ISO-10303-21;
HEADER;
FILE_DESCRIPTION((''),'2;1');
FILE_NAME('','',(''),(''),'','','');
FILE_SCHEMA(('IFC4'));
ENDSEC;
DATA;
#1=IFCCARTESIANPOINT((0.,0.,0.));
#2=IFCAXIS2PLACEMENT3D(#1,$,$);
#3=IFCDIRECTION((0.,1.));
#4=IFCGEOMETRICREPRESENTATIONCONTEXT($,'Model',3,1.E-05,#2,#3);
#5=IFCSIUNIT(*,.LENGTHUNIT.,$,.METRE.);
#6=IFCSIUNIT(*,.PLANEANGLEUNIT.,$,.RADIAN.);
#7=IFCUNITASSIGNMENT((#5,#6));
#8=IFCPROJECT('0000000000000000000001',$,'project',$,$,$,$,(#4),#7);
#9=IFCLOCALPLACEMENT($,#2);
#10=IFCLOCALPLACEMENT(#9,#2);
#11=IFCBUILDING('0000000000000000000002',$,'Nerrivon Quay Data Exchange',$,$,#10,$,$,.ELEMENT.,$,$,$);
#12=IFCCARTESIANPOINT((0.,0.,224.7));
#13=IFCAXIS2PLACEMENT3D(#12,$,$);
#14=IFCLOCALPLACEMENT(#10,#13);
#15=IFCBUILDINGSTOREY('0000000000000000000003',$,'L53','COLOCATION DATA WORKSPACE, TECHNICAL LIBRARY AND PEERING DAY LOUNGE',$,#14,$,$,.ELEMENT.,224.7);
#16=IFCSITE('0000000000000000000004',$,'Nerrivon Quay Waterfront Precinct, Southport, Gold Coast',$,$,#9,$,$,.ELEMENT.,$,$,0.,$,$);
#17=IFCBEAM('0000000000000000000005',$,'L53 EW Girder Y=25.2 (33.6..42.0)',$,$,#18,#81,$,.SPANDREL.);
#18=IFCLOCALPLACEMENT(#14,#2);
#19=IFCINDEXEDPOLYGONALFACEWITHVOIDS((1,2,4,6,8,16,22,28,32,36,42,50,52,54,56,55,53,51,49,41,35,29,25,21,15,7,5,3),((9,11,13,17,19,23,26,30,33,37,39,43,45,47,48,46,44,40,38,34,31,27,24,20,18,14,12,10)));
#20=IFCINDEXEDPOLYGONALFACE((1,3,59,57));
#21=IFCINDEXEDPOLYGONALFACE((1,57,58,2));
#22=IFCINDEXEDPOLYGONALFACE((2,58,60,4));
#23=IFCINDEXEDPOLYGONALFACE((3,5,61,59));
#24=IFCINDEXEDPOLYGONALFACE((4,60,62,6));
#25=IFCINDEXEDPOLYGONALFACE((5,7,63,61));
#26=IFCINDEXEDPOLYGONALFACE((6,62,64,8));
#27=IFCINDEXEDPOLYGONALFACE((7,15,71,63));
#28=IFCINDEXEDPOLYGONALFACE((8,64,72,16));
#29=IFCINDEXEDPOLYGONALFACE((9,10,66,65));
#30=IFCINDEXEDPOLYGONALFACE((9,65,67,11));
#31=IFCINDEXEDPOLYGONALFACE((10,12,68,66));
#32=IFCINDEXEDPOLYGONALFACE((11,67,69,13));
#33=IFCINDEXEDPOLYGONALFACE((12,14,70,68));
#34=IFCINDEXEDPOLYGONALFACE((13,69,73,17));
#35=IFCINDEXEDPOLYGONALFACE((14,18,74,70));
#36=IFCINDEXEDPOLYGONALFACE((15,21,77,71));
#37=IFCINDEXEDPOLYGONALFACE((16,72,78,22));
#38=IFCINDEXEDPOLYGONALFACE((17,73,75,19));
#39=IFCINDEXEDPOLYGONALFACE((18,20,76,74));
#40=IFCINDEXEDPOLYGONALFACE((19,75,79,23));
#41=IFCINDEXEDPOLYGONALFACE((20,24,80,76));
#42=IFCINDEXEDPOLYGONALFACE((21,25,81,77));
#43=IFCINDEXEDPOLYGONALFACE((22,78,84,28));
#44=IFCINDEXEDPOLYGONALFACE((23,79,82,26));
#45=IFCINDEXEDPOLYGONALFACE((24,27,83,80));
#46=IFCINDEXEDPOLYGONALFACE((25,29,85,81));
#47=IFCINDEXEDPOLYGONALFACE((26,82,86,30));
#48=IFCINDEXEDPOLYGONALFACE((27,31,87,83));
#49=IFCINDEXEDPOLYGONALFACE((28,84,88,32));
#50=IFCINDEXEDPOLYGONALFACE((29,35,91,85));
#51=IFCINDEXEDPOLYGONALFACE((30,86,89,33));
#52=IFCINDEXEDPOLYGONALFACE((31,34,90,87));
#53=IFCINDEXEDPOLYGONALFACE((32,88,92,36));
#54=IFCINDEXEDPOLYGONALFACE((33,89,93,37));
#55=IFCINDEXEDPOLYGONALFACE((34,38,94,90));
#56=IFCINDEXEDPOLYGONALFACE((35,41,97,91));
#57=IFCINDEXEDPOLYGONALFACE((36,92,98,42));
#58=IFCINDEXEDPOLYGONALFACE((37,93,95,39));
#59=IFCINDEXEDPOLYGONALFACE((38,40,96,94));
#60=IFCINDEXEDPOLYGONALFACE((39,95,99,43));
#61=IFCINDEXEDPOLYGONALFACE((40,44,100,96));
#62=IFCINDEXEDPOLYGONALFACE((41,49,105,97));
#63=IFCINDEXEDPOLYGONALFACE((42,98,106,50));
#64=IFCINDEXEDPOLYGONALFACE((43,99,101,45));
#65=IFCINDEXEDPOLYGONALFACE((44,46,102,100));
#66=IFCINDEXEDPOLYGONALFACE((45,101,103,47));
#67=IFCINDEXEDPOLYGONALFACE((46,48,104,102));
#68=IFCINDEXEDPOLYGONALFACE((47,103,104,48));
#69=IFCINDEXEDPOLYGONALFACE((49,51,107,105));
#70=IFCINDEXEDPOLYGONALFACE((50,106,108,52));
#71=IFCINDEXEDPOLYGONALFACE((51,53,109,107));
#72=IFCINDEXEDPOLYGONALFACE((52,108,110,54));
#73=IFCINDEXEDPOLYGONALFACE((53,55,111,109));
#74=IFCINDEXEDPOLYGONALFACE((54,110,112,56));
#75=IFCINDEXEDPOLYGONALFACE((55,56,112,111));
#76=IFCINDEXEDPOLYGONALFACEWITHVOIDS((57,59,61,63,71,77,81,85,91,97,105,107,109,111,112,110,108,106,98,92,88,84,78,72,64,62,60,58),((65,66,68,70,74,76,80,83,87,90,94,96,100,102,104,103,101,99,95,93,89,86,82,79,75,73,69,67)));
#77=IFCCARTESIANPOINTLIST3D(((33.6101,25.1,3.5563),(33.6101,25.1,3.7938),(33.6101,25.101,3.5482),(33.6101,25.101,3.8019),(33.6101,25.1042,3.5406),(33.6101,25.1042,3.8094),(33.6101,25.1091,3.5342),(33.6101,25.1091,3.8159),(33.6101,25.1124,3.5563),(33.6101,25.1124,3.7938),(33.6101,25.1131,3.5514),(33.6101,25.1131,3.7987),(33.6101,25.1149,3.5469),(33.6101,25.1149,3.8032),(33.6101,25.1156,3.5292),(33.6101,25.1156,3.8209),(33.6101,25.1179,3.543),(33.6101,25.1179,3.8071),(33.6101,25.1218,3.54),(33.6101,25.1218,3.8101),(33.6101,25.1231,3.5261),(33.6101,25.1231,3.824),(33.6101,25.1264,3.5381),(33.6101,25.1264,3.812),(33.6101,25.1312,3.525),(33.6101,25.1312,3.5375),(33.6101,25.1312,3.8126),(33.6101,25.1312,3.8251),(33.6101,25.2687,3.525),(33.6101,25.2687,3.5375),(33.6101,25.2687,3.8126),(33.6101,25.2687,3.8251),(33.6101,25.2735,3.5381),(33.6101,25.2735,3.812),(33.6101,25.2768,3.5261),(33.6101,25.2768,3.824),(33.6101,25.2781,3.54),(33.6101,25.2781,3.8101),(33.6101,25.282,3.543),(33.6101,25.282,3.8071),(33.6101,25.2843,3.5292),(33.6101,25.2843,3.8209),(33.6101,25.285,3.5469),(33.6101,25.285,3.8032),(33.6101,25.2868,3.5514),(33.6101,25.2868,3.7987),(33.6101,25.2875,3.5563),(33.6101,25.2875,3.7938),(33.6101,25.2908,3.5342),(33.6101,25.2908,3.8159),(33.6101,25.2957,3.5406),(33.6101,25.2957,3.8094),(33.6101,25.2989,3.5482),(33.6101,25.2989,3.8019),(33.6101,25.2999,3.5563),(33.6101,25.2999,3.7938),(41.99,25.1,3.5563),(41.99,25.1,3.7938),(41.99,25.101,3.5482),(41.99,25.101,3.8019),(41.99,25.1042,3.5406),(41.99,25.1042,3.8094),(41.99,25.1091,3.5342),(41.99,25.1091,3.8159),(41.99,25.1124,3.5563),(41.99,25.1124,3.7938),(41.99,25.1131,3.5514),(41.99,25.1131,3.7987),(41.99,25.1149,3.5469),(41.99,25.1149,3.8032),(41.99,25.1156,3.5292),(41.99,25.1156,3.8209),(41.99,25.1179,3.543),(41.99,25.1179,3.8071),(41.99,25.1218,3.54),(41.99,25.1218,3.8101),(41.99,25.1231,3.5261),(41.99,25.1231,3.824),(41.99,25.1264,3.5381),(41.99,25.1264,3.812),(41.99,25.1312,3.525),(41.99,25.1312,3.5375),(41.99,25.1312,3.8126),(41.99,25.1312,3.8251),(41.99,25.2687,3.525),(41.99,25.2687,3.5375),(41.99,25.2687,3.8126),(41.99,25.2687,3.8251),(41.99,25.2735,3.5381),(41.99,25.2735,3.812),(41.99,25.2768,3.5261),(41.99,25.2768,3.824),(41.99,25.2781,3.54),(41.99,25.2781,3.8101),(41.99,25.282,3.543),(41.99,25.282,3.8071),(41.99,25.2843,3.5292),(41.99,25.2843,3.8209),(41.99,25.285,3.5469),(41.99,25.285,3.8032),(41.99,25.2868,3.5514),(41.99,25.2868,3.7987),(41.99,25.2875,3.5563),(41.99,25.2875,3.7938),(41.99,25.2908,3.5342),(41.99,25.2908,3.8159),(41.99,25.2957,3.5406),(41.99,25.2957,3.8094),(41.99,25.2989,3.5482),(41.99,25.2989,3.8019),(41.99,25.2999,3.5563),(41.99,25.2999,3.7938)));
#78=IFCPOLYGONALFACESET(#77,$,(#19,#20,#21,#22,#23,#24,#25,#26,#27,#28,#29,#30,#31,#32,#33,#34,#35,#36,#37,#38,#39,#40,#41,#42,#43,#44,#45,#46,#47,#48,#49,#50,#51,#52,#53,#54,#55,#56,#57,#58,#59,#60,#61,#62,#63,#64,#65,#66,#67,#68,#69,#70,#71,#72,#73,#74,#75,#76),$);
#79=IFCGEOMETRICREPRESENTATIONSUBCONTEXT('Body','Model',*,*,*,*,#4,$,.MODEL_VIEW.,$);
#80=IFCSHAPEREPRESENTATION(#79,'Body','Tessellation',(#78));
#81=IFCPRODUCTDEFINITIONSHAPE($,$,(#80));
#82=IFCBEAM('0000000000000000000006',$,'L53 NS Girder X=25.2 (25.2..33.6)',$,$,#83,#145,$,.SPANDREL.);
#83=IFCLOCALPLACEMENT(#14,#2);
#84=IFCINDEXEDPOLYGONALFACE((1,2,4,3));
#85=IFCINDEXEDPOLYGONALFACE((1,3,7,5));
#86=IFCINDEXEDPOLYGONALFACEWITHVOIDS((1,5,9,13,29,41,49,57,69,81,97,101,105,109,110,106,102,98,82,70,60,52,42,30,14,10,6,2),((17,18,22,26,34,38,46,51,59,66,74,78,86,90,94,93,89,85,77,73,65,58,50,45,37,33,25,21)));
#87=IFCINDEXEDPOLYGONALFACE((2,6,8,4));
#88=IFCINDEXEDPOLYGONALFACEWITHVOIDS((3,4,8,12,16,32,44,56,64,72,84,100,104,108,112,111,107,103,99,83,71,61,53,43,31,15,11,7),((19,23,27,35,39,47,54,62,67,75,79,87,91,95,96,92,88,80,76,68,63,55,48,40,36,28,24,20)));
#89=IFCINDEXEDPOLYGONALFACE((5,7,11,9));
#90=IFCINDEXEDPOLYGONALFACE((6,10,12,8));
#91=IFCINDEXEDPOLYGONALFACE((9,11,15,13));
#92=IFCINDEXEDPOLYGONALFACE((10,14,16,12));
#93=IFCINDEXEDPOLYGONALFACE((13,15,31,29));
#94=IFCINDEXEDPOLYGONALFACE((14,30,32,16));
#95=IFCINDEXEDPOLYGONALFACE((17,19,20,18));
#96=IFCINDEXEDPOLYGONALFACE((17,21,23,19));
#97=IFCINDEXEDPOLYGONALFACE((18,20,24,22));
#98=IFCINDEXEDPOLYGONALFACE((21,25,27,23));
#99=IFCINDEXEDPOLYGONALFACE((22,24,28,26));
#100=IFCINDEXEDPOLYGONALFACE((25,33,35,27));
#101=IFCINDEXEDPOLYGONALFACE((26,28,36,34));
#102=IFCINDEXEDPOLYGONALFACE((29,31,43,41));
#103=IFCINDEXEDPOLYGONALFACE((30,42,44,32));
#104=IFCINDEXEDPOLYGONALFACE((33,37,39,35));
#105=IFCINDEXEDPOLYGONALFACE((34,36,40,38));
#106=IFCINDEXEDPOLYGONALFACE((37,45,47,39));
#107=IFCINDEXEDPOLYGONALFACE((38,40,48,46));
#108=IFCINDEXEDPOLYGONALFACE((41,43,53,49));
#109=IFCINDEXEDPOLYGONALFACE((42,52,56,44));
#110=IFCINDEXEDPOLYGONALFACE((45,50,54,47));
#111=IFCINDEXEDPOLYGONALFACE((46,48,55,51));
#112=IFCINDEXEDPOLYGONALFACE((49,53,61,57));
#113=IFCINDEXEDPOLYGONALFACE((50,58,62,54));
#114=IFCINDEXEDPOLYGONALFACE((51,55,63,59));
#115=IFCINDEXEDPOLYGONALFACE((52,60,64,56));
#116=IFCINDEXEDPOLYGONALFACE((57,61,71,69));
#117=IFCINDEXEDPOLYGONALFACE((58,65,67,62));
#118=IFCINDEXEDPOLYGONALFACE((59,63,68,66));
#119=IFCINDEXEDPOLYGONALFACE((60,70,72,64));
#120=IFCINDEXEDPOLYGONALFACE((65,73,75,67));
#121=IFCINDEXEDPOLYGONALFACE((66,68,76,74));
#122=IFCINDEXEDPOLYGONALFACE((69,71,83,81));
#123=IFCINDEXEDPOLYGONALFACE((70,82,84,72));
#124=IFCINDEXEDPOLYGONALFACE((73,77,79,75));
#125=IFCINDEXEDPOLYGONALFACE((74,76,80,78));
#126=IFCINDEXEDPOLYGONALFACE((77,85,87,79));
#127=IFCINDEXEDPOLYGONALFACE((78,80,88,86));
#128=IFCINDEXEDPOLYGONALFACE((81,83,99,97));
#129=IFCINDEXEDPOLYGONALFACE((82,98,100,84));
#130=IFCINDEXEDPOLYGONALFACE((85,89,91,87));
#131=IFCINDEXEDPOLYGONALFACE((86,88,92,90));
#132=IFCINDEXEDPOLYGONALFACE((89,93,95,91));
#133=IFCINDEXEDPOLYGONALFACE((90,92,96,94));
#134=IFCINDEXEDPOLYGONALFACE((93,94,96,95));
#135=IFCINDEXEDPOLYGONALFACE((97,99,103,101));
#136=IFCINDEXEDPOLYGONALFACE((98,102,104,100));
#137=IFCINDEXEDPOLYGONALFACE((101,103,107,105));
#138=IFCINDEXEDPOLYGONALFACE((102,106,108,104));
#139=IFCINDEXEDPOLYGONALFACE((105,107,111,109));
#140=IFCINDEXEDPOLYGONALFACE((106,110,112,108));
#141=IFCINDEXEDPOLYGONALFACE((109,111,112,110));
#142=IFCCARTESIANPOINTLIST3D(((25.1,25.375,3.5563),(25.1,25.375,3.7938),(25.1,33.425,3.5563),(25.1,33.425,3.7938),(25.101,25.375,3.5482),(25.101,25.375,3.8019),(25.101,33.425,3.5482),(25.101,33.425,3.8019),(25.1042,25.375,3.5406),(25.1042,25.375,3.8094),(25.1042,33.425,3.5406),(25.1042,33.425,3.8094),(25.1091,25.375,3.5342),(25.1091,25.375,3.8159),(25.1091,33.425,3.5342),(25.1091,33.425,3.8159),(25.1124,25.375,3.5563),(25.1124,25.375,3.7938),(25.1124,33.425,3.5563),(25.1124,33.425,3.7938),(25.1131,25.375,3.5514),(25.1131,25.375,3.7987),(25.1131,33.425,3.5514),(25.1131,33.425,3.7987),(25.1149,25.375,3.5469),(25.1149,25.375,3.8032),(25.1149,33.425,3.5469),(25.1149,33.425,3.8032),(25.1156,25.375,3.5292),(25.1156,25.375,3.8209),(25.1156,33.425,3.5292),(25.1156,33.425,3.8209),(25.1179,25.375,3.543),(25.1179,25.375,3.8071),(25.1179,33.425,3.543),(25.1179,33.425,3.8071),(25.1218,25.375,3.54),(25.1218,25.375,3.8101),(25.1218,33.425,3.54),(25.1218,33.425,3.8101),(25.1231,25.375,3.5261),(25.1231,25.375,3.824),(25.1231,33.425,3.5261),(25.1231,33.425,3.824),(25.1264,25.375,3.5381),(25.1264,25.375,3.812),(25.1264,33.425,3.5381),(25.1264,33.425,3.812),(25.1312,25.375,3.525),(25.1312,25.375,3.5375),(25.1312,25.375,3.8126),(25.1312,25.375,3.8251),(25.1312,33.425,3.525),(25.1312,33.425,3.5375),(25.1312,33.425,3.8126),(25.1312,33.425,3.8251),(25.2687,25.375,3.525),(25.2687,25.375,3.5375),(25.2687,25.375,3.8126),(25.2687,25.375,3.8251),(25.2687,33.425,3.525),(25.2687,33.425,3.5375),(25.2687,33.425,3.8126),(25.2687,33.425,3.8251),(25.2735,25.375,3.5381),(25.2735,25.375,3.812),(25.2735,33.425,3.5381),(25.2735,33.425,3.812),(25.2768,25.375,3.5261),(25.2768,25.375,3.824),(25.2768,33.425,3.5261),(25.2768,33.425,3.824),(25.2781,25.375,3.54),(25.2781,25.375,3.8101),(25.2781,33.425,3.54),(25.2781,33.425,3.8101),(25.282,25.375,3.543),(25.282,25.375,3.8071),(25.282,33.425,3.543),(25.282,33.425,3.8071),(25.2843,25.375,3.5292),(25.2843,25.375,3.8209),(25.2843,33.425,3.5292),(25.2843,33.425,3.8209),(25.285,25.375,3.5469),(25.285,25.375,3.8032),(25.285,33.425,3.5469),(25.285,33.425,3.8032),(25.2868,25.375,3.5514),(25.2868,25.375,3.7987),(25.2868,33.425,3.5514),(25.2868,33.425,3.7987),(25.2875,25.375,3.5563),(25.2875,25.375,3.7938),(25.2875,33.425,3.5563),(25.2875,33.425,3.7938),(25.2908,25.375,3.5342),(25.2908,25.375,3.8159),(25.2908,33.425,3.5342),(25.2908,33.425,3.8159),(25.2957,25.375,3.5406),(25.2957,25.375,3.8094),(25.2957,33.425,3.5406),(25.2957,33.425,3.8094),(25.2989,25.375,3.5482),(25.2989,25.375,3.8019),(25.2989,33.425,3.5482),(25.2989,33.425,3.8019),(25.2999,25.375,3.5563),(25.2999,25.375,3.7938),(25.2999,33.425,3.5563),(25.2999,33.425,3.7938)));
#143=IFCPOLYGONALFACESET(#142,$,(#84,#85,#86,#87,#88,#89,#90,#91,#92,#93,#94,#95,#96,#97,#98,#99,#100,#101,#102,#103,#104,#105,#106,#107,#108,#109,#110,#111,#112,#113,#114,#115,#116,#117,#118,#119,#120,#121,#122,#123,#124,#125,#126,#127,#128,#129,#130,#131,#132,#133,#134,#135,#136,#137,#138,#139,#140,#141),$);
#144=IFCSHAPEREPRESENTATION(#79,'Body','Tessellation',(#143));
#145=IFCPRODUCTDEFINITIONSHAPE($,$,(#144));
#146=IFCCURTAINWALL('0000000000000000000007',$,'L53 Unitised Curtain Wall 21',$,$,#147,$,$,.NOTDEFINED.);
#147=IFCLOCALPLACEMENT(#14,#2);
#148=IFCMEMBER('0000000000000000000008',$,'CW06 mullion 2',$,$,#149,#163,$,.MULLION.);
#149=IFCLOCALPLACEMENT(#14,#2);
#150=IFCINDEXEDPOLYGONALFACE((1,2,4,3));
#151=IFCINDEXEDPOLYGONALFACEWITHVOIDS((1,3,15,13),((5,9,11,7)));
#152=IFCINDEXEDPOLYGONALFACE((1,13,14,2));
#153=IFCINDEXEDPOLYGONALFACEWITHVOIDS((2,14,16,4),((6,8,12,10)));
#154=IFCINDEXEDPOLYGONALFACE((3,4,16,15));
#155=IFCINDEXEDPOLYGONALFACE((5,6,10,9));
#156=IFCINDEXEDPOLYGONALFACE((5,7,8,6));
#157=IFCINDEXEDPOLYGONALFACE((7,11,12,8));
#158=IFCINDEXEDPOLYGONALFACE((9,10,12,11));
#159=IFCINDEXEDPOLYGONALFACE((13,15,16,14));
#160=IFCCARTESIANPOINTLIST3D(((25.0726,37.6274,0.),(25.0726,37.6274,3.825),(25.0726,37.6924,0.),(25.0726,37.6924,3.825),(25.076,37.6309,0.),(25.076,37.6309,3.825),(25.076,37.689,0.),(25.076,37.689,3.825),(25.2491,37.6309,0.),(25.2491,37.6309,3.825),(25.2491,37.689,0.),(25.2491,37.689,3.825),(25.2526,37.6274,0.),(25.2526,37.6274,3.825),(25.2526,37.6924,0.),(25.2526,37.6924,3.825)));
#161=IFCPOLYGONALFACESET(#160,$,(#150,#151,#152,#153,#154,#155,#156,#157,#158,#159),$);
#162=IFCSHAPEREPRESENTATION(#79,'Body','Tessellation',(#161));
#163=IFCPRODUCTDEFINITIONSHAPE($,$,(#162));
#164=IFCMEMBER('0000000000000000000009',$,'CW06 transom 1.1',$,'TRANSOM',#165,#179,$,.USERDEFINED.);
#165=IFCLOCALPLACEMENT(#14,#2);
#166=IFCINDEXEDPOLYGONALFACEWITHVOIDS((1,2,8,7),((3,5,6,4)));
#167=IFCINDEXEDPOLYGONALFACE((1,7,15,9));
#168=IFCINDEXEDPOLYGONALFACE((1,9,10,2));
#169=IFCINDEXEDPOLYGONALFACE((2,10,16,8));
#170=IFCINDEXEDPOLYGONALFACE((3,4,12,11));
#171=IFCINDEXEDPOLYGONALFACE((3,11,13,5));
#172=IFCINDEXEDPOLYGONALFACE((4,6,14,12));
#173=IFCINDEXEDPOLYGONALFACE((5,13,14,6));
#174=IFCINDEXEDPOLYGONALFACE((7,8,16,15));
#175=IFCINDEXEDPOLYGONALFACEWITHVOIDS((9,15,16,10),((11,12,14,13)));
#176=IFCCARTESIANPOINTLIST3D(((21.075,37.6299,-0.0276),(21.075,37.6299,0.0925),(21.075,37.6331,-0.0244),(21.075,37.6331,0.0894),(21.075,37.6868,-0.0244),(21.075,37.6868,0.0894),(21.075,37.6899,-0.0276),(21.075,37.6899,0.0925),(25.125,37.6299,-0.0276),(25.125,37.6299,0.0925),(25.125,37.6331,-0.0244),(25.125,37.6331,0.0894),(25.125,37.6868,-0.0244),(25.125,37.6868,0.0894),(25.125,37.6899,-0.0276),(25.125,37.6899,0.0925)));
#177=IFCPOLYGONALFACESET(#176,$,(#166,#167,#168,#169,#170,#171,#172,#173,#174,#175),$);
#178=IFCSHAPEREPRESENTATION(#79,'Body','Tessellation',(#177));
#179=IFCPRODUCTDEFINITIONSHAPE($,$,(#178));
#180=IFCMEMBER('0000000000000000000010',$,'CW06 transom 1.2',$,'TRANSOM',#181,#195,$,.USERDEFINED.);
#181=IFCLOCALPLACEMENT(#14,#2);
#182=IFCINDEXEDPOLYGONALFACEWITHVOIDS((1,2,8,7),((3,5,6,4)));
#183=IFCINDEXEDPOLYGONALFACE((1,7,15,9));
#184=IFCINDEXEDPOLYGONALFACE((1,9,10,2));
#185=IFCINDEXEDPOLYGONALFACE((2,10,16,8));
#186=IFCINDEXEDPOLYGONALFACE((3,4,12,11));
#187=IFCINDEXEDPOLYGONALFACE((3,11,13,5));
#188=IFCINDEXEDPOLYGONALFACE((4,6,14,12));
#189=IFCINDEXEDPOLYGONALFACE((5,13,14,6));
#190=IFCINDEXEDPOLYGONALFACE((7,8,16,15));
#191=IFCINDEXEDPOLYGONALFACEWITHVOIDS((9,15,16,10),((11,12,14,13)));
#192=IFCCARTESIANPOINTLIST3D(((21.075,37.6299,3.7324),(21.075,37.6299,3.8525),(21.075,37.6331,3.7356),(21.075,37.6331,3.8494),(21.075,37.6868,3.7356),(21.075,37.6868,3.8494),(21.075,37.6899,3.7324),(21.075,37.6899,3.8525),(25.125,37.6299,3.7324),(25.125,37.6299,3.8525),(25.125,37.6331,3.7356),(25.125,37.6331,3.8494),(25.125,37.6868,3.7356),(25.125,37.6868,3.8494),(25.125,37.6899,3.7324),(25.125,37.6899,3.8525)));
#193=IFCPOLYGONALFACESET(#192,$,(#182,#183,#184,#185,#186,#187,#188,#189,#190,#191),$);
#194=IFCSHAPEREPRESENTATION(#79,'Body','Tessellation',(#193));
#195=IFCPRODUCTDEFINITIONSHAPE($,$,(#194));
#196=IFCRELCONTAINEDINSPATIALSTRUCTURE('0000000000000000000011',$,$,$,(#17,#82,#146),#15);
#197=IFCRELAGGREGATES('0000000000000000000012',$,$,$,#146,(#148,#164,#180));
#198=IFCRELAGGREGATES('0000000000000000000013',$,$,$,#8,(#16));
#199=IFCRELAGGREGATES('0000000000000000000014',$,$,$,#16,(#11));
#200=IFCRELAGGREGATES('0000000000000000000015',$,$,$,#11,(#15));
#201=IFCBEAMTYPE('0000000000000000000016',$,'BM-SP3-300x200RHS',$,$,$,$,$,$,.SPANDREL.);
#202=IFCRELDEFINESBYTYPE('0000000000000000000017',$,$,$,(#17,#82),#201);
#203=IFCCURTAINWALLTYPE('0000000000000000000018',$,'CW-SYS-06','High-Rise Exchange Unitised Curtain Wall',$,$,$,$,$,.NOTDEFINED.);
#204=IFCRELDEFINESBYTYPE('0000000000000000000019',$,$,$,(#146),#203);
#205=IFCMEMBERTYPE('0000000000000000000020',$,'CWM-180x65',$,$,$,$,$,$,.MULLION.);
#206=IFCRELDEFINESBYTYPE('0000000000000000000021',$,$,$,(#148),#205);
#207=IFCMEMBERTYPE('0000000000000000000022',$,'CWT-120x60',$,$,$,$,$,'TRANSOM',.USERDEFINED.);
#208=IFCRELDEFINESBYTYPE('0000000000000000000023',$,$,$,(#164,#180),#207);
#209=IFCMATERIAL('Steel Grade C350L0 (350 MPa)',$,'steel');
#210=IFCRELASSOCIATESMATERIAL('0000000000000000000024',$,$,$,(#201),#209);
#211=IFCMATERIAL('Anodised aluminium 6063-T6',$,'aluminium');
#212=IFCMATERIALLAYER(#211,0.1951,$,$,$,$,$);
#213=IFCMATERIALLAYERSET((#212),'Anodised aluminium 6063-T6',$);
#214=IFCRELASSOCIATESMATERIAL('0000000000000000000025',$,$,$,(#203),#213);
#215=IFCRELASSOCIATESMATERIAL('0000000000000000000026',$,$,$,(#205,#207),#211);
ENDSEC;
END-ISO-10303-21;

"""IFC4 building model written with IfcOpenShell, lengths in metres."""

from ifc_helpers import new_model, si_unit, direction, frame, origin, origin_2d, place, context, subcontext, project, spatial, hollow_rectangle, extrude, material, layer, layer_set, material_profile, profile_set, type_object, element, aggregate, save


model = new_model("IFC4")

# Units and contexts
model_context = context("Model", 3, precision=1e-05, world=origin(), true_north=direction((0.0, 1.0)))
body_context = subcontext(model_context, "Body", "Model", "MODEL_VIEW")
ifc_project = project(units=[si_unit("LENGTHUNIT", "METRE"), si_unit("PLANEANGLEUNIT", "RADIAN")], contexts=[model_context])

# Site, building, storey
site_placement = place(None, origin())
site = spatial("IfcSite", under=ifc_project, at=site_placement, Name="Nerrivon Quay Waterfront Precinct, Southport, Gold Coast", CompositionType="ELEMENT", RefElevation=0.0)
building_placement = place(site_placement, origin())
building = spatial("IfcBuilding", under=site, at=building_placement, Name="Nerrivon Quay Data Exchange", CompositionType="ELEMENT")
storey_placement = place(building_placement, frame((0.0, 0.0, 224.7)))
storey = spatial("IfcBuildingStorey", under=building, at=storey_placement, Name="L53", Description="COLOCATION DATA WORKSPACE, TECHNICAL LIBRARY AND PEERING DAY LOUNGE", CompositionType="ELEMENT", Elevation=224.7)

# Beams
ifc_material_1 = material(Name="Steel Grade C350L0 (350 MPa)", Category="steel")
ifc_material_profile_1 = material_profile(ifc_material_1, hollow_rectangle(XDim=0.2, YDim=0.3, WallThickness=0.0125, InnerFilletRadius=0.0188, OuterFilletRadius=0.0312, at=origin_2d()), Name="300x200x12.5RHS")
ifc_profile_set_1 = profile_set([ifc_material_profile_1], Name="Steel Grade C350L0 (350 MPa)")
beam_type = type_object("IfcBeamType", Name="BM-SP3-300x200RHS", PredefinedType="SPANDREL", material=ifc_profile_set_1)
beam_1_placement = place(storey_placement, frame((33.6101, 25.2, 3.675), z_axis=(1.0, 0.0, 0.0), x_axis=(0.0, 1.0, 0.0)))
element("IfcBeam", 1, at=beam_1_placement, inside=storey, type_object=beam_type, Name="L53 EW Girder Y=25.2 (33.6..42.0)", PredefinedType="SPANDREL", context=body_context, shape_type="SweptSolid", body=[
    extrude(hollow_rectangle(XDim=0.2, YDim=0.3, WallThickness=0.0125, InnerFilletRadius=0.0188, OuterFilletRadius=0.0312, at=origin_2d()), origin(), (0.0, 0.0, 1.0), 8.3799),
])
beam_2_placement = place(storey_placement, frame((25.2, 25.375, 3.675), z_axis=(0.0, 1.0, 0.0), x_axis=(-1.0, 0.0, 0.0)))
element("IfcBeam", 2, at=beam_2_placement, inside=storey, type_object=beam_type, Name="L53 NS Girder X=25.2 (25.2..33.6)", PredefinedType="SPANDREL", context=body_context, shape_type="SweptSolid", body=[
    extrude(hollow_rectangle(XDim=0.2, YDim=0.3, WallThickness=0.0125, InnerFilletRadius=0.0188, OuterFilletRadius=0.0312, at=origin_2d()), origin(), (0.0, 0.0, 1.0), 8.05),
])

# Curtain wall, members
ifc_material_2 = material(Name="Anodised aluminium 6063-T6", Category="aluminium")
ifc_layer_1 = layer(ifc_material_2, 0.1951)
ifc_layer_set_1 = layer_set([ifc_layer_1], Name="Anodised aluminium 6063-T6")
curtain_wall_type = type_object("IfcCurtainWallType", Name="CW-SYS-06", Description="High-Rise Exchange Unitised Curtain Wall", PredefinedType="NOTDEFINED", material=ifc_layer_set_1)
curtain_wall_placement = place(storey_placement, origin())
curtain_wall = element("IfcCurtainWall", 3, at=curtain_wall_placement, inside=storey, type_object=curtain_wall_type, Name="L53 Unitised Curtain Wall 21", PredefinedType="NOTDEFINED")
ifc_material_profile_2 = material_profile(ifc_material_2, hollow_rectangle(XDim=0.0649, YDim=0.1799, WallThickness=0.0034, at=origin_2d()), Name="ALU-MULL-180x65")
ifc_profile_set_2 = profile_set([ifc_material_profile_2], Name="Anodised aluminium 6063-T6")
member_type_1 = type_object("IfcMemberType", Name="CWM-180x65", PredefinedType="MULLION", material=ifc_profile_set_2)
member_1_placement = place(storey_placement, frame((25.1626, 37.6599, 0.0), z_axis=(0.0, 0.0, 1.0), x_axis=(0.0, 1.0, 0.0)))
member_1 = element("IfcMember", 4, at=member_1_placement, type_object=member_type_1, Name="CW06 mullion 2", PredefinedType="MULLION", context=body_context, shape_type="SweptSolid", body=[
    extrude(hollow_rectangle(XDim=0.0649, YDim=0.1799, WallThickness=0.0034, at=origin_2d()), origin(), (0.0, 0.0, 1.0), 3.825),
])
ifc_material_profile_3 = material_profile(ifc_material_2, hollow_rectangle(XDim=0.0601, YDim=0.1201, WallThickness=0.0032, at=origin_2d()), Name="ALU-TRAN-120x60")
ifc_profile_set_3 = profile_set([ifc_material_profile_3], Name="Anodised aluminium 6063-T6")
member_type_2 = type_object("IfcMemberType", Name="CWT-120x60", ElementType="TRANSOM", PredefinedType="USERDEFINED", material=ifc_profile_set_3)
member_2_placement = place(storey_placement, frame((21.075, 37.6599, 0.0325), z_axis=(1.0, 0.0, 0.0), x_axis=(0.0, 1.0, 0.0)))
member_2 = element("IfcMember", 5, at=member_2_placement, type_object=member_type_2, Name="CW06 transom 1.1", ObjectType="TRANSOM", PredefinedType="USERDEFINED", context=body_context, shape_type="SweptSolid", body=[
    extrude(hollow_rectangle(XDim=0.0601, YDim=0.1201, WallThickness=0.0032, at=origin_2d()), origin(), (0.0, 0.0, 1.0), 4.05),
])
member_3_placement = place(storey_placement, frame((21.075, 37.6599, 3.7925), z_axis=(1.0, 0.0, 0.0), x_axis=(0.0, 1.0, 0.0)))
member_3 = element("IfcMember", 6, at=member_3_placement, type_object=member_type_2, Name="CW06 transom 1.2", ObjectType="TRANSOM", PredefinedType="USERDEFINED", context=body_context, shape_type="SweptSolid", body=[
    extrude(hollow_rectangle(XDim=0.0601, YDim=0.1201, WallThickness=0.0032, at=origin_2d()), origin(), (0.0, 0.0, 1.0), 4.05),
])
aggregate(curtain_wall, [member_1, member_2, member_3])

save(model, "model.ifc")
